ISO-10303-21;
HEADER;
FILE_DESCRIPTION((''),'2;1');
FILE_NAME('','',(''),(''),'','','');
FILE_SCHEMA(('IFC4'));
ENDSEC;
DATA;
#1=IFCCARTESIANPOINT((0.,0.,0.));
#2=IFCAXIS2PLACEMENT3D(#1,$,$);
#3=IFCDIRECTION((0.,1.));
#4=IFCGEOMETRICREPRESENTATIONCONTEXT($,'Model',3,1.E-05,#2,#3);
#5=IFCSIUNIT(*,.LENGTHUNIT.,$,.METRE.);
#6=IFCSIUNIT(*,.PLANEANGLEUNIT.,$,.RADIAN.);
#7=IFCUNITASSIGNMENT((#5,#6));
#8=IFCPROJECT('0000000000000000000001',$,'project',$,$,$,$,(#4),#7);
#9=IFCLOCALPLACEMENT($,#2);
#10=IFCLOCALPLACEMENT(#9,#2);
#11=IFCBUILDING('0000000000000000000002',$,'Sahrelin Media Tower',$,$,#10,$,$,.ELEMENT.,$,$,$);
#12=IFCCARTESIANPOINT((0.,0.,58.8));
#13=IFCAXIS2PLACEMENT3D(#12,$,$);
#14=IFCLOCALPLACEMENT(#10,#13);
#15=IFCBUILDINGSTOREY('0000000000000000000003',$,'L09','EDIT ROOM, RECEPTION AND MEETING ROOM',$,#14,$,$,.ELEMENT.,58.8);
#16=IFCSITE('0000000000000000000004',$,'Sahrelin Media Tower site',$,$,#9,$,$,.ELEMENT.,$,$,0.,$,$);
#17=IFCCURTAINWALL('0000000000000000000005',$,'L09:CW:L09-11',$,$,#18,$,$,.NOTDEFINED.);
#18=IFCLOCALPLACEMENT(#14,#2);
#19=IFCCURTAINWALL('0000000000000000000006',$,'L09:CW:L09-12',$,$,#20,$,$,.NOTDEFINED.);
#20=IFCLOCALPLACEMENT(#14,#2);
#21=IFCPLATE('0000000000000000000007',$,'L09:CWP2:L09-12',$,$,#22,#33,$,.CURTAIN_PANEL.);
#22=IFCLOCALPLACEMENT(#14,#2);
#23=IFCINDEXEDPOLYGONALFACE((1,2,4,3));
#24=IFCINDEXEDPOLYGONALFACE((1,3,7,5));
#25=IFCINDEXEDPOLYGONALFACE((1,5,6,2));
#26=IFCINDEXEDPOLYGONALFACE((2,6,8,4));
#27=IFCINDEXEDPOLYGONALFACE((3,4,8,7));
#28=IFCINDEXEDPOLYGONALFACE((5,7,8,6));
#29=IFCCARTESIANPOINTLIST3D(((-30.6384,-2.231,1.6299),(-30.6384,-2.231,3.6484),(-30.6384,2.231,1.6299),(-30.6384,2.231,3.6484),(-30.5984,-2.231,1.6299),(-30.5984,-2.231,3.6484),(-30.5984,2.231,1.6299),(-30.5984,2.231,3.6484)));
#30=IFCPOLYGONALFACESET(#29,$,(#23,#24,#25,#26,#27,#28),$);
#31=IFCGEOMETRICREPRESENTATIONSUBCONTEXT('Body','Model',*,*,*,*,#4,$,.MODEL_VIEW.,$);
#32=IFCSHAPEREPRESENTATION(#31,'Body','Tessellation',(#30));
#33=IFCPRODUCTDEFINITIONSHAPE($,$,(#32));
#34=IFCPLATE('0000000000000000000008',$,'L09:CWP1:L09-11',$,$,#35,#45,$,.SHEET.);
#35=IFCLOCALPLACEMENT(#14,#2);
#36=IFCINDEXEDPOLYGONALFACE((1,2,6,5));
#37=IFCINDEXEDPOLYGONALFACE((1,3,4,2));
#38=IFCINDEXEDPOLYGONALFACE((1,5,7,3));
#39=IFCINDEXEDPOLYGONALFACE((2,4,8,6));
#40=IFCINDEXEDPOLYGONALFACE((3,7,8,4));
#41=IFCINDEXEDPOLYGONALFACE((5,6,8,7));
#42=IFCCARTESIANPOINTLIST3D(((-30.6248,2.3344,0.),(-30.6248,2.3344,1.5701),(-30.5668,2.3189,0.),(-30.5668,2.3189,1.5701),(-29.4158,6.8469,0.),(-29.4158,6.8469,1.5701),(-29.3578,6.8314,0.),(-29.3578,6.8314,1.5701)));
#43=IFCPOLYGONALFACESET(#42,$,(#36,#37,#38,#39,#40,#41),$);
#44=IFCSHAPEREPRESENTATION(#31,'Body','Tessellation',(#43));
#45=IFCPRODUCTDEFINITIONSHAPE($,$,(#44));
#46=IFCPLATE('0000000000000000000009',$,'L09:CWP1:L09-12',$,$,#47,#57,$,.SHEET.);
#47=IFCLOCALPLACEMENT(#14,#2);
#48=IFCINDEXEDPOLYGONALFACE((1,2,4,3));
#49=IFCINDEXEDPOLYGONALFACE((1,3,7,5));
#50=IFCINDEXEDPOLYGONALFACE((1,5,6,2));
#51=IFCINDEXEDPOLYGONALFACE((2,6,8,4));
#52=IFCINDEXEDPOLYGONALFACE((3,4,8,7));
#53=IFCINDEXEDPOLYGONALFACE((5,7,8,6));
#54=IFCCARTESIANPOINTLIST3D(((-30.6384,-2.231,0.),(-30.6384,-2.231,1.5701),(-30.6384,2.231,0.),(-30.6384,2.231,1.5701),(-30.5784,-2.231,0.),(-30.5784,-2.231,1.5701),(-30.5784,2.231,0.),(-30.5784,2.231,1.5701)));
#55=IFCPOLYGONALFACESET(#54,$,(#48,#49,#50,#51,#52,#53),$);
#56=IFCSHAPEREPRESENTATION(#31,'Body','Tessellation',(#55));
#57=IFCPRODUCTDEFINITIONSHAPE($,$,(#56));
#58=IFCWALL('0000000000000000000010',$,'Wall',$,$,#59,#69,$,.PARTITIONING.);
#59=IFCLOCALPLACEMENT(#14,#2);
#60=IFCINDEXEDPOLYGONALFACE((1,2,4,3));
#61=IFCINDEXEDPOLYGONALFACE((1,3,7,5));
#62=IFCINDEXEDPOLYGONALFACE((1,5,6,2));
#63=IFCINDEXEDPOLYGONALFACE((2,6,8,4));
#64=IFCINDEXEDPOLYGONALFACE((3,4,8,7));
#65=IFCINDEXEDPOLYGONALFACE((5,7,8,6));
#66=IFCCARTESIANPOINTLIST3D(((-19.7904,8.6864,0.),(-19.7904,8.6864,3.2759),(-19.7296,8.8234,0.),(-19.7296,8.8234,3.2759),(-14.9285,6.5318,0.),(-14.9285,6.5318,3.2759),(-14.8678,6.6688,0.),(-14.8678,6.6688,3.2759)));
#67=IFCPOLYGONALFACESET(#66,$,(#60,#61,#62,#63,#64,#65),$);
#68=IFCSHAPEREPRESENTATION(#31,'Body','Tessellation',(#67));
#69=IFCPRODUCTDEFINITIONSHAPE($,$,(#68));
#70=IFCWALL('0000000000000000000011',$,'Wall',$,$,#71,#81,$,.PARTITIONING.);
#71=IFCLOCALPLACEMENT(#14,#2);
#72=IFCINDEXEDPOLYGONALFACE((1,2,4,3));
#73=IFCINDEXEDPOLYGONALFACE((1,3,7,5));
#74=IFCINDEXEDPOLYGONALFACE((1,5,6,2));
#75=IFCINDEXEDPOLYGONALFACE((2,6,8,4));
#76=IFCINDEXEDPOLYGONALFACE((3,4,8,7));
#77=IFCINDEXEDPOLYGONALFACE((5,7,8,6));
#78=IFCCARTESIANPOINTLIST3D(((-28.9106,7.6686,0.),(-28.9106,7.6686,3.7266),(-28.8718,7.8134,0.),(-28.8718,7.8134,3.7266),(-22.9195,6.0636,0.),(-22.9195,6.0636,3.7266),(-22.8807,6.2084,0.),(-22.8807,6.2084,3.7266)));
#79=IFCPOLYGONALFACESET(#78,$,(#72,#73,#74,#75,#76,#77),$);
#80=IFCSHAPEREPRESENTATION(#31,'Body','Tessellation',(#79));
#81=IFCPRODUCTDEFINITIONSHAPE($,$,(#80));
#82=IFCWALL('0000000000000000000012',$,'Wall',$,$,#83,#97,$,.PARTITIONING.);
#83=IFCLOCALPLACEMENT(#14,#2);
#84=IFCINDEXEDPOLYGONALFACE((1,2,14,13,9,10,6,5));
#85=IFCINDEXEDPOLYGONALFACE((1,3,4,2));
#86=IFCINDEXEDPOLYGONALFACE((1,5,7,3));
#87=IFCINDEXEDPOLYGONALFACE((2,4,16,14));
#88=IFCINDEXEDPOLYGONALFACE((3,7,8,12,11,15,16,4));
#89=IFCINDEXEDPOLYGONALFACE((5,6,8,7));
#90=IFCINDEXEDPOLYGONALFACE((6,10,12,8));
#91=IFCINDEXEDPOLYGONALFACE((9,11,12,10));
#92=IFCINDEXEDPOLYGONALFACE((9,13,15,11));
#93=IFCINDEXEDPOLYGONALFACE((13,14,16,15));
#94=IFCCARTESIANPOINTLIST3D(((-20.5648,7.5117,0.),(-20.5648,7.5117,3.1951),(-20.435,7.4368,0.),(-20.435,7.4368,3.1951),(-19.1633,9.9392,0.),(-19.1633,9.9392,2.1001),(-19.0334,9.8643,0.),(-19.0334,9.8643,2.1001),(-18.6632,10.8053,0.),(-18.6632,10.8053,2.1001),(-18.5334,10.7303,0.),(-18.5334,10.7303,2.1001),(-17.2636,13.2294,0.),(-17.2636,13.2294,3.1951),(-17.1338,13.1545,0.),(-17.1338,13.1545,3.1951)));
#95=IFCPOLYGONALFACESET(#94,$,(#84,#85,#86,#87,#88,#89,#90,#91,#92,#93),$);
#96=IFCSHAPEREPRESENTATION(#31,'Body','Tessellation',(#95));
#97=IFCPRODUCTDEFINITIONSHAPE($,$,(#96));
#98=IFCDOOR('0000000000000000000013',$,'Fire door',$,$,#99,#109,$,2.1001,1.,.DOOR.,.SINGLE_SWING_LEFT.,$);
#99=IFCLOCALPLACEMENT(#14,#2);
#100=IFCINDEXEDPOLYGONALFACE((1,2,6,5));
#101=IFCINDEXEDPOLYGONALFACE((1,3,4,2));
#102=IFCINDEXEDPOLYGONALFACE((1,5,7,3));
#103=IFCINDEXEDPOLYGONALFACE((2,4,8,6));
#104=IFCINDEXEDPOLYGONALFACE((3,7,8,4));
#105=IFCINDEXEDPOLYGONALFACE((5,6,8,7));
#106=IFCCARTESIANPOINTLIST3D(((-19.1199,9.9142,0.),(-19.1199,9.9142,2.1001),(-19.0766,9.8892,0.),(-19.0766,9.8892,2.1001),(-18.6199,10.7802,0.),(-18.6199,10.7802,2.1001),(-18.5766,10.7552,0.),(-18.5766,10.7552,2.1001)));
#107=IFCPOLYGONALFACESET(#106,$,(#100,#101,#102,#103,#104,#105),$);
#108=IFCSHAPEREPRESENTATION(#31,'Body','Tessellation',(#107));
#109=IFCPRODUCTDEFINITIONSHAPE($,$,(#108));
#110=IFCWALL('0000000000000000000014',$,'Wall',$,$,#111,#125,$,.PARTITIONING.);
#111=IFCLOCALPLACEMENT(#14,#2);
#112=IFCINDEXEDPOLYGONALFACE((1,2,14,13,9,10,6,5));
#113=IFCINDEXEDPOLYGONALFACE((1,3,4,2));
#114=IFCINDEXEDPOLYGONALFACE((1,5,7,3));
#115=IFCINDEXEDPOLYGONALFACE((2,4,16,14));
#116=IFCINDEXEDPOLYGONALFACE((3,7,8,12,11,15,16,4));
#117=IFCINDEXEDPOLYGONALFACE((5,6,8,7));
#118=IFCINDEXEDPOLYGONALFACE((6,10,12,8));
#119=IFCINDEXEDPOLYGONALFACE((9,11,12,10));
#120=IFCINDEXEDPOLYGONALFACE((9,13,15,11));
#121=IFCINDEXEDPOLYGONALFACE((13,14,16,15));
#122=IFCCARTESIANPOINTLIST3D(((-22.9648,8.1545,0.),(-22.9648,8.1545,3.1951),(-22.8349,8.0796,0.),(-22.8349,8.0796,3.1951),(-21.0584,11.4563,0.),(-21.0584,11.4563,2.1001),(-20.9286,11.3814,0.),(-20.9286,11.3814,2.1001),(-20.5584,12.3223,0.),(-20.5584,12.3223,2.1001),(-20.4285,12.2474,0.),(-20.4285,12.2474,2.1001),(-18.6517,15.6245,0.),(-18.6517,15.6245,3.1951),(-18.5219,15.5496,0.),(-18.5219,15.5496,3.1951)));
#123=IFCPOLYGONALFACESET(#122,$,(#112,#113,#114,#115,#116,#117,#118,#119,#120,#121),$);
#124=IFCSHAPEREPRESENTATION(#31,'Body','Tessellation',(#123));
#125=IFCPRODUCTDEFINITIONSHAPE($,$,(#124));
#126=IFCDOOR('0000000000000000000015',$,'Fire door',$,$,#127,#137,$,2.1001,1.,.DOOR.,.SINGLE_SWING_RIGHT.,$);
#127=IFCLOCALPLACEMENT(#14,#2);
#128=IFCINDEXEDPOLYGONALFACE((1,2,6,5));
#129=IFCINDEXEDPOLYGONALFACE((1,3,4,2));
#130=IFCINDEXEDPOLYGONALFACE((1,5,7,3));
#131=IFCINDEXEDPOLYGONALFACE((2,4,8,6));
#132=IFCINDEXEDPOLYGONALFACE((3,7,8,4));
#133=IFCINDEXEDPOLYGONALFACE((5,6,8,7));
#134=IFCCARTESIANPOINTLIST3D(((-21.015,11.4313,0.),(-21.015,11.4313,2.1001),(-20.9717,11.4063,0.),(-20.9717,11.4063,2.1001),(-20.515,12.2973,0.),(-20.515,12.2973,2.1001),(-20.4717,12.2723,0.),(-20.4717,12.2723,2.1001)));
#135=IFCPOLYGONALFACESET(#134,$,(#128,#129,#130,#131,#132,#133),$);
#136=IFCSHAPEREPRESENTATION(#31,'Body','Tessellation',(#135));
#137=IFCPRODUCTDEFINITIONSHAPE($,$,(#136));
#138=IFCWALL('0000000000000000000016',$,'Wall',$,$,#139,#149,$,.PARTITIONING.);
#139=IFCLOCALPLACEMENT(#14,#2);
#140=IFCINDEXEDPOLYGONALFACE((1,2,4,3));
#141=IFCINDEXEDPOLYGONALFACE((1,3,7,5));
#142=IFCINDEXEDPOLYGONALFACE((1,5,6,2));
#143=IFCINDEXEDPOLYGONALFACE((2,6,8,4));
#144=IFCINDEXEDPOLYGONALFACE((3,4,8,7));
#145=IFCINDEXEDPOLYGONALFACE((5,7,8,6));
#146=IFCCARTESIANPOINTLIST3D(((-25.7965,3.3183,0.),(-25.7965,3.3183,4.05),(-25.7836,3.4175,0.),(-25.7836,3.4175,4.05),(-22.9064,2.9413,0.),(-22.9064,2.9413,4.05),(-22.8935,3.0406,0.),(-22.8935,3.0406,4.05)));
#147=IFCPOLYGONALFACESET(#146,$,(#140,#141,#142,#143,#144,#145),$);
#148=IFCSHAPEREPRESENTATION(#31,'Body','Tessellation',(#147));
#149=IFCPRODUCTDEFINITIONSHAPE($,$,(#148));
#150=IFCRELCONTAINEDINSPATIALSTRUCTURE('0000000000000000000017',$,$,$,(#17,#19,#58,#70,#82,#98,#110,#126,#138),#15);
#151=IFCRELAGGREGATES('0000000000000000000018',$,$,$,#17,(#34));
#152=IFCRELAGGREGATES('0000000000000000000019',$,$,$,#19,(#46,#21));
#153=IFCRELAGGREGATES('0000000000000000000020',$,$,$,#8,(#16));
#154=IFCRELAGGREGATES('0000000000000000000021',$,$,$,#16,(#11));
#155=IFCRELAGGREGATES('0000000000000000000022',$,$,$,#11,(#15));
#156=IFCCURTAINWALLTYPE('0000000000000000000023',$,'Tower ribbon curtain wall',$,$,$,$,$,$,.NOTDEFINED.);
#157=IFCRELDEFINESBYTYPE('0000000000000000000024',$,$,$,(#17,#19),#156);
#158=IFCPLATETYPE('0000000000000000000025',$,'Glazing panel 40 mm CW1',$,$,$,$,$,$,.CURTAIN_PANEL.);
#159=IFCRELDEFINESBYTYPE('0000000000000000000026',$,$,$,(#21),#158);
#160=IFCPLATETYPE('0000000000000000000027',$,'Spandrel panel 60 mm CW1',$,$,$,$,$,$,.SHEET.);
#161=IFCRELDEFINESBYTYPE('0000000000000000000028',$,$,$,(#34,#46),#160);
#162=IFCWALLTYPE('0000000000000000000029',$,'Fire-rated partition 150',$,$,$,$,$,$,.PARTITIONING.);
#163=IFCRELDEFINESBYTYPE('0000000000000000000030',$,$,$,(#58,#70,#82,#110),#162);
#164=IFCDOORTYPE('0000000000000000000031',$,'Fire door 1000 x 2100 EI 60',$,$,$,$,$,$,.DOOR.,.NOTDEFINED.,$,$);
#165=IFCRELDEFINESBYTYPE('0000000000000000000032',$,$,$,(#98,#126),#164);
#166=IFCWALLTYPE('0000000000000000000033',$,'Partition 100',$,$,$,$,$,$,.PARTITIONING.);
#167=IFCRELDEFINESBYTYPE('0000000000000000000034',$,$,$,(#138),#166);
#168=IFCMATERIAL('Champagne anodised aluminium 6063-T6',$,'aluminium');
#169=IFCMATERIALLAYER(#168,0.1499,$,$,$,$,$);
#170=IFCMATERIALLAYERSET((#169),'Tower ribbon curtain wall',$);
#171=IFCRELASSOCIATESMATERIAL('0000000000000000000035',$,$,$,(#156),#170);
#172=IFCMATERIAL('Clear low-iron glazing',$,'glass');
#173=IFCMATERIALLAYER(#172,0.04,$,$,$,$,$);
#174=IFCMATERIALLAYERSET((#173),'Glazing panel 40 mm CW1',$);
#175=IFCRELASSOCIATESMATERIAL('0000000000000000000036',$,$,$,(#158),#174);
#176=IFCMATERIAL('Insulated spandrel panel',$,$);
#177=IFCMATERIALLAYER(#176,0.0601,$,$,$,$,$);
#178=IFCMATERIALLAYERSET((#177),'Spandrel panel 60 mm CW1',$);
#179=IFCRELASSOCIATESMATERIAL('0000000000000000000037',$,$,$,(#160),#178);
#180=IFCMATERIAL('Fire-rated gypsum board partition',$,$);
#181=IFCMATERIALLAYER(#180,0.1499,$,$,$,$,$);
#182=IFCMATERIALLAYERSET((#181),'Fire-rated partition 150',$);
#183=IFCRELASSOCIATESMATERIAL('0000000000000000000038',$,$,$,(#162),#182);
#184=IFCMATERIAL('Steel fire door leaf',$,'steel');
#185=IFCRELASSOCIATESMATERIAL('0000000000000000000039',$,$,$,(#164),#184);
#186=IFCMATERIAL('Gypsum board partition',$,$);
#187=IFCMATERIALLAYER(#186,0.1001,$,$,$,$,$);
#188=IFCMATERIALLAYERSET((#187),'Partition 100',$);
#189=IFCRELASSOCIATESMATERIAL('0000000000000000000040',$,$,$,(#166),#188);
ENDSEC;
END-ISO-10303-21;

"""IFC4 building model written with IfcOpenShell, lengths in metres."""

from ifc_helpers import new_model, si_unit, direction, frame, frame_2d, origin, place, context, subcontext, project, spatial, polyline, rectangle, outline, extrude, material, layer, layer_set, type_object, element, fill, aggregate, save


model = new_model("IFC4")

# Units and contexts
model_context = context("Model", 3, precision=1e-05, world=origin(), true_north=direction((0.0, 1.0)))
body_context = subcontext(model_context, "Body", "Model", "MODEL_VIEW")
ifc_project = project(units=[si_unit("LENGTHUNIT", "METRE"), si_unit("PLANEANGLEUNIT", "RADIAN")], contexts=[model_context])

# Site, building, storey
site_placement = place(None, origin())
site = spatial("IfcSite", under=ifc_project, at=site_placement, Name="Sahrelin Media Tower site", CompositionType="ELEMENT", RefElevation=0.0)
building_placement = place(site_placement, origin())
building = spatial("IfcBuilding", under=site, at=building_placement, Name="Sahrelin Media Tower", CompositionType="ELEMENT")
storey_placement = place(building_placement, frame((0.0, 0.0, 58.8)))
storey = spatial("IfcBuildingStorey", under=building, at=storey_placement, Name="L09", Description="EDIT ROOM, RECEPTION AND MEETING ROOM", CompositionType="ELEMENT", Elevation=58.8)

# Curtain wall
ifc_material_1 = material(Name="Champagne anodised aluminium 6063-T6", Category="aluminium")
ifc_layer_1 = layer(ifc_material_1, 0.1499)
ifc_layer_set_1 = layer_set([ifc_layer_1], Name="Tower ribbon curtain wall")
curtain_wall_type = type_object("IfcCurtainWallType", Name="Tower ribbon curtain wall", PredefinedType="NOTDEFINED", material=ifc_layer_set_1)
curtain_wall_1_placement = place(storey_placement, frame((-30.001, 4.5854, 0.0), z_axis=(0.0, 0.0, 1.0), x_axis=(1.0, 0.0, 0.0)))
curtain_wall_1 = element("IfcCurtainWall", 1, at=curtain_wall_1_placement, inside=storey, type_object=curtain_wall_type, Name="L09:CW:L09-11", PredefinedType="NOTDEFINED")

# Curtain wall
curtain_wall_2_placement = place(storey_placement, frame((-30.6184, 0.0, 0.0), z_axis=(0.0, 0.0, 1.0), x_axis=(1.0, 0.0, 0.0)))
curtain_wall_2 = element("IfcCurtainWall", 2, at=curtain_wall_2_placement, inside=storey, type_object=curtain_wall_type, Name="L09:CW:L09-12", PredefinedType="NOTDEFINED")

# Plates
ifc_material_2 = material(Name="Clear low-iron glazing", Category="glass")
ifc_layer_2 = layer(ifc_material_2, 0.04)
ifc_layer_set_2 = layer_set([ifc_layer_2], Name="Glazing panel 40 mm CW1")
plate_type_1 = type_object("IfcPlateType", Name="Glazing panel 40 mm CW1", PredefinedType="CURTAIN_PANEL", material=ifc_layer_set_2)
plate_1_placement = place(storey_placement, frame((-30.6384, 2.231, 1.6299), z_axis=(-1.0, 0.0, 0.0), x_axis=(0.0, -1.0, 0.0)))
plate_1 = element("IfcPlate", 3, at=plate_1_placement, type_object=plate_type_1, Name="L09:CWP2:L09-12", PredefinedType="CURTAIN_PANEL", context=body_context, shape_type="SweptSolid", body=[
    extrude(outline(polyline([(0.0, 0.0), (4.4619, 0.0), (4.4619, 2.0186), (0.0, 2.0186), (0.0, 0.0)])), origin(), (0.0, 0.0, -1.0), 0.04),
])
ifc_material_3 = material(Name="Insulated spandrel panel")
ifc_layer_3 = layer(ifc_material_3, 0.0601)
ifc_layer_set_3 = layer_set([ifc_layer_3], Name="Spandrel panel 60 mm CW1")
plate_type_2 = type_object("IfcPlateType", Name="Spandrel panel 60 mm CW1", PredefinedType="SHEET", material=ifc_layer_set_3)
plate_2_placement = place(storey_placement, frame((-29.4158, 6.8469, 0.0), z_axis=(-0.965932, 0.258794, 0.0), x_axis=(-0.258794, -0.965932, 0.0)))
plate_2 = element("IfcPlate", 4, at=plate_2_placement, type_object=plate_type_2, Name="L09:CWP1:L09-11", PredefinedType="SHEET", context=body_context, shape_type="SweptSolid", body=[
    extrude(outline(polyline([(0.0, 0.0), (4.6716, 0.0), (4.6716, 1.5701), (0.0, 1.5701), (0.0, 0.0)])), origin(), (0.0, 0.0, -1.0), 0.0601),
])
aggregate(curtain_wall_1, [plate_2])
plate_3_placement = place(storey_placement, frame((-30.6384, 2.231, 0.0), z_axis=(-1.0, 0.0, 0.0), x_axis=(0.0, -1.0, 0.0)))
plate_3 = element("IfcPlate", 5, at=plate_3_placement, type_object=plate_type_2, Name="L09:CWP1:L09-12", PredefinedType="SHEET", context=body_context, shape_type="SweptSolid", body=[
    extrude(outline(polyline([(0.0, 0.0), (4.4619, 0.0), (4.4619, 1.5701), (0.0, 1.5701), (0.0, 0.0)])), origin(), (0.0, 0.0, -1.0), 0.0601),
])
aggregate(curtain_wall_2, [plate_3, plate_1])

# Walls
ifc_material_4 = material(Name="Fire-rated gypsum board partition")
ifc_layer_4 = layer(ifc_material_4, 0.1499)
ifc_layer_set_4 = layer_set([ifc_layer_4], Name="Fire-rated partition 150")
wall_type_1 = type_object("IfcWallType", Name="Fire-rated partition 150", PredefinedType="PARTITIONING", material=ifc_layer_set_4)
wall_1_placement = place(storey_placement, frame((-19.76, 8.7549, 0.0), z_axis=(0.0, 0.0, 1.0), x_axis=(0.914248, -0.405154, 0.0)))
element("IfcWall", 6, at=wall_1_placement, inside=storey, type_object=wall_type_1, Name="Wall", PredefinedType="PARTITIONING", context=body_context, shape_type="SweptSolid", body=[
    extrude(rectangle(XDim=5.3179, YDim=0.1499, at=frame_2d((2.6589, 0.0))), origin(), (0.0, 0.0, 1.0), 3.2759),
])
wall_2_placement = place(storey_placement, frame((-28.8911, 7.741, 0.0), z_axis=(0.0, 0.0, 1.0), x_axis=(0.96594, -0.258765, 0.0)))
element("IfcWall", 7, at=wall_2_placement, inside=storey, type_object=wall_type_1, Name="Wall", PredefinedType="PARTITIONING", context=body_context, shape_type="SweptSolid", body=[
    extrude(rectangle(XDim=6.2024, YDim=0.1499, at=frame_2d((3.1011, 0.0))), origin(), (0.0, 0.0, 1.0), 3.7266),
])

# Walls, openings, doors
wall_3_placement = place(storey_placement, frame((-20.5, 7.4741, 0.0), z_axis=(0.0, 0.0, 1.0), x_axis=(0.500013, 0.866018, 0.0)))
wall_3 = element("IfcWall", 8, at=wall_3_placement, inside=storey, type_object=wall_type_1, Name="Wall", PredefinedType="PARTITIONING", context=body_context, shape_type="SweptSolid", body=[
    extrude(rectangle(XDim=6.6023, YDim=0.1499, at=frame_2d((3.3013, 0.0))), origin(), (0.0, 0.0, 1.0), 3.1951),
])
opening_1_placement = place(wall_3_placement, frame((2.8032, 0.0, 0.0)))
opening_1 = element("IfcOpeningElement", 9, at=opening_1_placement, cuts=wall_3, PredefinedType="OPENING", context=body_context, shape_type="SweptSolid", body=[
    extrude(rectangle(XDim=1.0, YDim=2.1001, at=frame_2d((0.5, 1.05))), frame((0.0, 0.075, 0.0), z_axis=(0.0, -1.0, 0.0), x_axis=(1.0, 0.0, 0.0)), (0.0, 0.0, 1.0), 0.1499),
])
ifc_material_5 = material(Name="Steel fire door leaf", Category="steel")
door_type = type_object("IfcDoorType", Name="Fire door 1000 x 2100 EI 60", OperationType="NOTDEFINED", PredefinedType="DOOR", material=ifc_material_5)
door_1_placement = place(opening_1_placement, origin())
door_1 = element("IfcDoor", 10, at=door_1_placement, inside=storey, type_object=door_type, Name="Fire door", OperationType="SINGLE_SWING_LEFT", OverallHeight=2.1001, OverallWidth=1.0, PredefinedType="DOOR", context=body_context, shape_type="SweptSolid", body=[
    extrude(rectangle(XDim=1.0, YDim=2.1001, at=frame_2d((0.5, 1.05))), frame((0.0, 0.0249, 0.0), z_axis=(0.0, -1.0, 0.0), x_axis=(1.0, 0.0, 0.0)), (0.0, 0.0, 1.0), 0.05),
])
fill(opening_1, door_1)
wall_4_placement = place(storey_placement, frame((-22.8999, 8.1169, 0.0), z_axis=(0.0, 0.0, 1.0), x_axis=(0.500017, 0.866015, 0.0)))
wall_4 = element("IfcWall", 11, at=wall_4_placement, inside=storey, type_object=wall_type_1, Name="Wall", PredefinedType="PARTITIONING", context=body_context, shape_type="SweptSolid", body=[
    extrude(rectangle(XDim=8.6257, YDim=0.1499, at=frame_2d((4.313, 0.0))), origin(), (0.0, 0.0, 1.0), 3.1951),
])
opening_2_placement = place(wall_4_placement, frame((3.8127, 0.0, 0.0)))
opening_2 = element("IfcOpeningElement", 12, at=opening_2_placement, cuts=wall_4, PredefinedType="OPENING", context=body_context, shape_type="SweptSolid", body=[
    extrude(rectangle(XDim=1.0, YDim=2.1001, at=frame_2d((0.5, 1.05))), frame((0.0, 0.075, 0.0), z_axis=(0.0, -1.0, 0.0), x_axis=(1.0, 0.0, 0.0)), (0.0, 0.0, 1.0), 0.1499),
])
door_2_placement = place(opening_2_placement, origin())
door_2 = element("IfcDoor", 13, at=door_2_placement, inside=storey, type_object=door_type, Name="Fire door", OperationType="SINGLE_SWING_RIGHT", OverallHeight=2.1001, OverallWidth=1.0, PredefinedType="DOOR", context=body_context, shape_type="SweptSolid", body=[
    extrude(rectangle(XDim=1.0, YDim=2.1001, at=frame_2d((0.5, 1.05))), frame((0.0, 0.0249, 0.0), z_axis=(0.0, -1.0, 0.0), x_axis=(1.0, 0.0, 0.0)), (0.0, 0.0, 1.0), 0.05),
])
fill(opening_2, door_2)

# Wall
ifc_material_6 = material(Name="Gypsum board partition")
ifc_layer_5 = layer(ifc_material_6, 0.1001)
ifc_layer_set_5 = layer_set([ifc_layer_5], Name="Partition 100")
wall_type_2 = type_object("IfcWallType", Name="Partition 100", PredefinedType="PARTITIONING", material=ifc_layer_set_5)
wall_5_placement = place(storey_placement, frame((-25.79, 3.3679, 0.0), z_axis=(0.0, 0.0, 1.0), x_axis=(0.991601, -0.129332, 0.0)))
element("IfcWall", 14, at=wall_5_placement, inside=storey, type_object=wall_type_2, Name="Wall", PredefinedType="PARTITIONING", context=body_context, shape_type="SweptSolid", body=[
    extrude(rectangle(XDim=2.9146, YDim=0.1001, at=frame_2d((1.4573, 0.0))), origin(), (0.0, 0.0, 1.0), 4.05),
])

save(model, "model.ifc")
